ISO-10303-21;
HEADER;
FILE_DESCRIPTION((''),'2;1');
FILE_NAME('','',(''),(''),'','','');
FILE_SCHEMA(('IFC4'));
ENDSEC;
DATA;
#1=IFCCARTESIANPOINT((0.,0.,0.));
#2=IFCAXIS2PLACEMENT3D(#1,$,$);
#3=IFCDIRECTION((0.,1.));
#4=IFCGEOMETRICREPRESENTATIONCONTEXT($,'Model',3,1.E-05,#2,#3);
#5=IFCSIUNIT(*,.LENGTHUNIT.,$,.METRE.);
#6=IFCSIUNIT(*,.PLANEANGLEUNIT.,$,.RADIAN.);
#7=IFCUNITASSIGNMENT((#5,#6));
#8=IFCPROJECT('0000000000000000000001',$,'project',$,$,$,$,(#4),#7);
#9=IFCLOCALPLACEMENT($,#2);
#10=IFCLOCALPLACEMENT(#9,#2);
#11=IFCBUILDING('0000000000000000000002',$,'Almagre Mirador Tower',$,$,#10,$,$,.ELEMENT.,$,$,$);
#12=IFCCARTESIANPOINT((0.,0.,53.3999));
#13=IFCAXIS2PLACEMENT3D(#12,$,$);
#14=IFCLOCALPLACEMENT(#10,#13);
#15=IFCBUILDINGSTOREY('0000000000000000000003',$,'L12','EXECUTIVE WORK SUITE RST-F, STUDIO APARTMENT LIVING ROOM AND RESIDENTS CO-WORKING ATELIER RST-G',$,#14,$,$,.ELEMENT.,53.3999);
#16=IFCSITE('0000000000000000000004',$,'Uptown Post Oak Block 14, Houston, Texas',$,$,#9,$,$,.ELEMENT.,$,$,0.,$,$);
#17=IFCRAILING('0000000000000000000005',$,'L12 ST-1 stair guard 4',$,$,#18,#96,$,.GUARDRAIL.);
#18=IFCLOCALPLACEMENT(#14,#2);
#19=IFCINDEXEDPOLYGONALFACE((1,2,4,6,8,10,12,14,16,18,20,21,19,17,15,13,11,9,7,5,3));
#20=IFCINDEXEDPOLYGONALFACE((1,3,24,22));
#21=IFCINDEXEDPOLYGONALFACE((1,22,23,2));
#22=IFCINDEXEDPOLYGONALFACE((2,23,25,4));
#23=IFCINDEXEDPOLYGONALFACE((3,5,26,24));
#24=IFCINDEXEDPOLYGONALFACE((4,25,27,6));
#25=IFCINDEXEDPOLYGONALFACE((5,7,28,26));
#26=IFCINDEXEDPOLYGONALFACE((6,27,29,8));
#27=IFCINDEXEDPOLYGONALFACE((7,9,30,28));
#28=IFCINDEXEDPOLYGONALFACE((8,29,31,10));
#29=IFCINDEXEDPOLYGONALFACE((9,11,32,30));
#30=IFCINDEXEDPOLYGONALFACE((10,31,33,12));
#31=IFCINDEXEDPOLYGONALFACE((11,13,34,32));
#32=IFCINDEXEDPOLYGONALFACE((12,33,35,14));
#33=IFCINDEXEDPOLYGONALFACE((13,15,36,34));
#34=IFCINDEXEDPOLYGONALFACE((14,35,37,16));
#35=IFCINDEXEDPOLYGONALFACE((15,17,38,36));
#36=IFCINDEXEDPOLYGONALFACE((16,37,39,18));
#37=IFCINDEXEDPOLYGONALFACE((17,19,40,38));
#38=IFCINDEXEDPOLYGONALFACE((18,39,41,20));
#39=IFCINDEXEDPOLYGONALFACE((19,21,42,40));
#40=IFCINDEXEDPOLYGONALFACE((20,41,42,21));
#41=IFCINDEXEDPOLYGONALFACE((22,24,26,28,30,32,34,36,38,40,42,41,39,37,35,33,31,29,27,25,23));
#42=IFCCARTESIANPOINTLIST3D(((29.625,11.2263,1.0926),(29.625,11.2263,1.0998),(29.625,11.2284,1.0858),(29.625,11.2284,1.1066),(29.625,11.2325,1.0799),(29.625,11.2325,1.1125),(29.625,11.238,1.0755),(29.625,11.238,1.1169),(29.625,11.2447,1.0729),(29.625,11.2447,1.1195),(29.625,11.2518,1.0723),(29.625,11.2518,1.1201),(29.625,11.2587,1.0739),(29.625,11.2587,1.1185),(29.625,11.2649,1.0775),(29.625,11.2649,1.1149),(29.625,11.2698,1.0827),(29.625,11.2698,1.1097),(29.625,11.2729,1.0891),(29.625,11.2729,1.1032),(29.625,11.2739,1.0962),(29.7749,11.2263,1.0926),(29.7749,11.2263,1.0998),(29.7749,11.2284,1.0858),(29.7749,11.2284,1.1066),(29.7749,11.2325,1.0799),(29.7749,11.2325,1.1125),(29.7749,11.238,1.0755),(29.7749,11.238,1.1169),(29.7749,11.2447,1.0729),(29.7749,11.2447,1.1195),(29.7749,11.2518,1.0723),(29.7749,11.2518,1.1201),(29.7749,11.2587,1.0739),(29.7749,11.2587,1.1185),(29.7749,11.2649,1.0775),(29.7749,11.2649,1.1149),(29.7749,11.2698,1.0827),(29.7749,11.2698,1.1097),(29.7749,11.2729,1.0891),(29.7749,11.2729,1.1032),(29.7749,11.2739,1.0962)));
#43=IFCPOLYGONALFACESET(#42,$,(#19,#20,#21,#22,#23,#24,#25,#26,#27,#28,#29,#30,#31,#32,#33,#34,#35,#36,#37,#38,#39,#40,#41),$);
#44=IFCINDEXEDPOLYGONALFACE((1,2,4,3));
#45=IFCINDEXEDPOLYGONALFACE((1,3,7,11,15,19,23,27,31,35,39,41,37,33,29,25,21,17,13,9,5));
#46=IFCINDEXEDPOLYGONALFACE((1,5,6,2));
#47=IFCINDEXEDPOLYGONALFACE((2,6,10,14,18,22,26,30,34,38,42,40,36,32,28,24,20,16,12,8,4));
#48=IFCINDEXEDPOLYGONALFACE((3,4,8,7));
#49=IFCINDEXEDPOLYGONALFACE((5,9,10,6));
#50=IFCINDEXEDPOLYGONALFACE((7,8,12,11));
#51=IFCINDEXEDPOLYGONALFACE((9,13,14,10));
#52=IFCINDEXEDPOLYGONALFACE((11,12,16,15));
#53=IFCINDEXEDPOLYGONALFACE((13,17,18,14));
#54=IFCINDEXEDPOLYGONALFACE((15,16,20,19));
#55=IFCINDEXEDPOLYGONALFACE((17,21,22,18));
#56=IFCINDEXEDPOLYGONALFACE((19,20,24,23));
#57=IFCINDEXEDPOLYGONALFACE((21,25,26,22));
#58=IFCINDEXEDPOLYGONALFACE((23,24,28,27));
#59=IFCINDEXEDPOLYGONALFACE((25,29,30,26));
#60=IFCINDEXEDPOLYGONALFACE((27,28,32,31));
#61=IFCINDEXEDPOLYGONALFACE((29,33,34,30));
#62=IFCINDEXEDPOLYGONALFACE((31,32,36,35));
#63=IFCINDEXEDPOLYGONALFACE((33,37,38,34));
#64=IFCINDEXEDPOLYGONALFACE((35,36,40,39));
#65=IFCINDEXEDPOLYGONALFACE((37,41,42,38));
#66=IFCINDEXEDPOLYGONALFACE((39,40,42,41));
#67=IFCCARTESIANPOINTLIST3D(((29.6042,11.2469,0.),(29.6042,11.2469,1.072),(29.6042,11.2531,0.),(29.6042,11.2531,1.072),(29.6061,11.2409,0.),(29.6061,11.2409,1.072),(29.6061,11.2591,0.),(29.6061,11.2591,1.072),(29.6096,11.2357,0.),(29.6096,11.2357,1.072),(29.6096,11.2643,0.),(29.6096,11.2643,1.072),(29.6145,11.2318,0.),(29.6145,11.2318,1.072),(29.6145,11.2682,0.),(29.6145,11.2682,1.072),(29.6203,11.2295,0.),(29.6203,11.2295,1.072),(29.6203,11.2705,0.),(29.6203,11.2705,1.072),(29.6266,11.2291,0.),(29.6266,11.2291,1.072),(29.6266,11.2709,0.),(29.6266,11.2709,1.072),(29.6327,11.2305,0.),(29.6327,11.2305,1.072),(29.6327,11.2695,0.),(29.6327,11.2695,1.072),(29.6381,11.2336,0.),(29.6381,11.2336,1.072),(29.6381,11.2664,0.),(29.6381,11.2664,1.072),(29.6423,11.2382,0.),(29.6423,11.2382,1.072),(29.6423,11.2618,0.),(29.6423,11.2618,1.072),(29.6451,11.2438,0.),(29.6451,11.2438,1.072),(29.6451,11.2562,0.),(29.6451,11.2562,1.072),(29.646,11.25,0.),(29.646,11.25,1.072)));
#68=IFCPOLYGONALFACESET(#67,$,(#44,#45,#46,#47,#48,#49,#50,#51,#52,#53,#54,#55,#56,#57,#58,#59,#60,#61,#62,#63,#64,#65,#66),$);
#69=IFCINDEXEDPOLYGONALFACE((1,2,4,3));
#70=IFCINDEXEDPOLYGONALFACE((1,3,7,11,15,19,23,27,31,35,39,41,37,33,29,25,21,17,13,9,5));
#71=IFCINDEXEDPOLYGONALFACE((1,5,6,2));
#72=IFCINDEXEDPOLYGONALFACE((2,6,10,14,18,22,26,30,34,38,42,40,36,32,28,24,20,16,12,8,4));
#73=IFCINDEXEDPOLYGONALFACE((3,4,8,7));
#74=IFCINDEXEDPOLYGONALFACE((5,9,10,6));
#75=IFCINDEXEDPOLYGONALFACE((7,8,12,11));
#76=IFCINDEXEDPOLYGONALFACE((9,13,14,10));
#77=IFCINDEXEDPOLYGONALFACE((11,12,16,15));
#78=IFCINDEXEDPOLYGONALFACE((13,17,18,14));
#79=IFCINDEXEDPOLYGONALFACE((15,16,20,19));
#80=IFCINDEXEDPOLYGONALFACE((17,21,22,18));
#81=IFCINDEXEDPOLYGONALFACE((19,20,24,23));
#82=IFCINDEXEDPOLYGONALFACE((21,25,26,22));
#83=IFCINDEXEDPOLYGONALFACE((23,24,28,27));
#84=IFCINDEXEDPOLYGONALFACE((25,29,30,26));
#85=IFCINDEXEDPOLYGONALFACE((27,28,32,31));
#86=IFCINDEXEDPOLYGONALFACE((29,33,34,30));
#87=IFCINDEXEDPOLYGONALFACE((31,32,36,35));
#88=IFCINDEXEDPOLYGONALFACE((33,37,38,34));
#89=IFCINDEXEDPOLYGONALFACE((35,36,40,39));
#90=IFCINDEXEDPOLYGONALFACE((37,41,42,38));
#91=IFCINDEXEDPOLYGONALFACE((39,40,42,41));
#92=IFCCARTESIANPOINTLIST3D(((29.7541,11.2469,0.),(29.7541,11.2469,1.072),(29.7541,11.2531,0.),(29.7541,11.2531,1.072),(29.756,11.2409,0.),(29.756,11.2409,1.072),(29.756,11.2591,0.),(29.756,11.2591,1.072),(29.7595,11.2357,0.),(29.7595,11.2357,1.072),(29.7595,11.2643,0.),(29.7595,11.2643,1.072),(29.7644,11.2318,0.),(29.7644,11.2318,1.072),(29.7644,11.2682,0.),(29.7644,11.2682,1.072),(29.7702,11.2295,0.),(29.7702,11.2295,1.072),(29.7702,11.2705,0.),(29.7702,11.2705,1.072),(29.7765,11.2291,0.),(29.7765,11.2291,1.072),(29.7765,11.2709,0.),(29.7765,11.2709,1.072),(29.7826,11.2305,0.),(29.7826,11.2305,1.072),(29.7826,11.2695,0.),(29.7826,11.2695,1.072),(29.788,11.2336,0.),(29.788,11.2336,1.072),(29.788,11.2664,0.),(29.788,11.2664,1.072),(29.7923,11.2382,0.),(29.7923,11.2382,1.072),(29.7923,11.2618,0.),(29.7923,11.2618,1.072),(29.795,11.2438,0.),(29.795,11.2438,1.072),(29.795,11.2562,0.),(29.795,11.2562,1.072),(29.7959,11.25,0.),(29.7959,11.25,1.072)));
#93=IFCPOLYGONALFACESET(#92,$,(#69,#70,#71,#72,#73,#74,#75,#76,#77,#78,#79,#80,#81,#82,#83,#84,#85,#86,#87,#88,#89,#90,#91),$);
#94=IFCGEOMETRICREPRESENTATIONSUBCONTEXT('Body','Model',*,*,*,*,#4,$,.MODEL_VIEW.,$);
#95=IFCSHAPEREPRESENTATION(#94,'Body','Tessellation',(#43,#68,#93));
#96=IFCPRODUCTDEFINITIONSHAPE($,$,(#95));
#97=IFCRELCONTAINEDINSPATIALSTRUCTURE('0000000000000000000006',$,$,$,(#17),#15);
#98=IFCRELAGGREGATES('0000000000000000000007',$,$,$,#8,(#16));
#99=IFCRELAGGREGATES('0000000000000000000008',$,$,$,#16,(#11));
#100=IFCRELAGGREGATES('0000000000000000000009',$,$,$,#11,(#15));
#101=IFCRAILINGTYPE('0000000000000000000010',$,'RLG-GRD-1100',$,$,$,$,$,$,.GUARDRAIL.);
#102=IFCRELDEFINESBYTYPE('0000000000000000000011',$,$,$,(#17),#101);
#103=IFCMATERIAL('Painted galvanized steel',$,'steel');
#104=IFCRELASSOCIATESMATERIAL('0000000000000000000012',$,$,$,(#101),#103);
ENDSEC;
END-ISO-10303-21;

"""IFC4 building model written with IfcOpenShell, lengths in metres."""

from ifc_helpers import new_model, si_unit, direction, frame, origin, origin_2d, place, context, subcontext, project, spatial, circle, extrude, material, type_object, element, save


model = new_model("IFC4")

# Units and contexts
model_context = context("Model", 3, precision=1e-05, world=origin(), true_north=direction((0.0, 1.0)))
body_context = subcontext(model_context, "Body", "Model", "MODEL_VIEW")
ifc_project = project(units=[si_unit("LENGTHUNIT", "METRE"), si_unit("PLANEANGLEUNIT", "RADIAN")], contexts=[model_context])

# Site, building, storey
site_placement = place(None, origin())
site = spatial("IfcSite", under=ifc_project, at=site_placement, Name="Uptown Post Oak Block 14, Houston, Texas", CompositionType="ELEMENT", RefElevation=0.0)
building_placement = place(site_placement, origin())
building = spatial("IfcBuilding", under=site, at=building_placement, Name="Almagre Mirador Tower", CompositionType="ELEMENT")
storey_placement = place(building_placement, frame((0.0, 0.0, 53.3999)))
storey = spatial("IfcBuildingStorey", under=building, at=storey_placement, Name="L12", Description="EXECUTIVE WORK SUITE RST-F, STUDIO APARTMENT LIVING ROOM AND RESIDENTS CO-WORKING ATELIER RST-G", CompositionType="ELEMENT", Elevation=53.3999)

# Railing
ifc_material_1 = material(Name="Painted galvanized steel", Category="steel")
railing_type_1 = type_object("IfcRailingType", Name="RLG-GRD-1100", PredefinedType="GUARDRAIL", material=ifc_material_1)
railing_1_placement = place(storey_placement, frame((29.625, 11.25, 0.0)))
element("IfcRailing", 1, at=railing_1_placement, inside=storey, type_object=railing_type_1, Name="L12 ST-1 stair guard 4", PredefinedType="GUARDRAIL", context=body_context, shape_type="SweptSolid", body=[
    extrude(circle(Radius=0.0239, at=origin_2d()), frame((0.0, 0.0, 1.0962), z_axis=(1.0, 0.0, 0.0), x_axis=(0.0, 1.0, 0.0)), (0.0, 0.0, 1.0), 0.1499),
    extrude(circle(Radius=0.021, at=origin_2d()), origin(), (0.0, 0.0, 1.0), 1.072),
    extrude(circle(Radius=0.021, at=origin_2d()), frame((0.1499, 0.0, 0.0)), (0.0, 0.0, 1.0), 1.072),
])

save(model, "model.ifc")
